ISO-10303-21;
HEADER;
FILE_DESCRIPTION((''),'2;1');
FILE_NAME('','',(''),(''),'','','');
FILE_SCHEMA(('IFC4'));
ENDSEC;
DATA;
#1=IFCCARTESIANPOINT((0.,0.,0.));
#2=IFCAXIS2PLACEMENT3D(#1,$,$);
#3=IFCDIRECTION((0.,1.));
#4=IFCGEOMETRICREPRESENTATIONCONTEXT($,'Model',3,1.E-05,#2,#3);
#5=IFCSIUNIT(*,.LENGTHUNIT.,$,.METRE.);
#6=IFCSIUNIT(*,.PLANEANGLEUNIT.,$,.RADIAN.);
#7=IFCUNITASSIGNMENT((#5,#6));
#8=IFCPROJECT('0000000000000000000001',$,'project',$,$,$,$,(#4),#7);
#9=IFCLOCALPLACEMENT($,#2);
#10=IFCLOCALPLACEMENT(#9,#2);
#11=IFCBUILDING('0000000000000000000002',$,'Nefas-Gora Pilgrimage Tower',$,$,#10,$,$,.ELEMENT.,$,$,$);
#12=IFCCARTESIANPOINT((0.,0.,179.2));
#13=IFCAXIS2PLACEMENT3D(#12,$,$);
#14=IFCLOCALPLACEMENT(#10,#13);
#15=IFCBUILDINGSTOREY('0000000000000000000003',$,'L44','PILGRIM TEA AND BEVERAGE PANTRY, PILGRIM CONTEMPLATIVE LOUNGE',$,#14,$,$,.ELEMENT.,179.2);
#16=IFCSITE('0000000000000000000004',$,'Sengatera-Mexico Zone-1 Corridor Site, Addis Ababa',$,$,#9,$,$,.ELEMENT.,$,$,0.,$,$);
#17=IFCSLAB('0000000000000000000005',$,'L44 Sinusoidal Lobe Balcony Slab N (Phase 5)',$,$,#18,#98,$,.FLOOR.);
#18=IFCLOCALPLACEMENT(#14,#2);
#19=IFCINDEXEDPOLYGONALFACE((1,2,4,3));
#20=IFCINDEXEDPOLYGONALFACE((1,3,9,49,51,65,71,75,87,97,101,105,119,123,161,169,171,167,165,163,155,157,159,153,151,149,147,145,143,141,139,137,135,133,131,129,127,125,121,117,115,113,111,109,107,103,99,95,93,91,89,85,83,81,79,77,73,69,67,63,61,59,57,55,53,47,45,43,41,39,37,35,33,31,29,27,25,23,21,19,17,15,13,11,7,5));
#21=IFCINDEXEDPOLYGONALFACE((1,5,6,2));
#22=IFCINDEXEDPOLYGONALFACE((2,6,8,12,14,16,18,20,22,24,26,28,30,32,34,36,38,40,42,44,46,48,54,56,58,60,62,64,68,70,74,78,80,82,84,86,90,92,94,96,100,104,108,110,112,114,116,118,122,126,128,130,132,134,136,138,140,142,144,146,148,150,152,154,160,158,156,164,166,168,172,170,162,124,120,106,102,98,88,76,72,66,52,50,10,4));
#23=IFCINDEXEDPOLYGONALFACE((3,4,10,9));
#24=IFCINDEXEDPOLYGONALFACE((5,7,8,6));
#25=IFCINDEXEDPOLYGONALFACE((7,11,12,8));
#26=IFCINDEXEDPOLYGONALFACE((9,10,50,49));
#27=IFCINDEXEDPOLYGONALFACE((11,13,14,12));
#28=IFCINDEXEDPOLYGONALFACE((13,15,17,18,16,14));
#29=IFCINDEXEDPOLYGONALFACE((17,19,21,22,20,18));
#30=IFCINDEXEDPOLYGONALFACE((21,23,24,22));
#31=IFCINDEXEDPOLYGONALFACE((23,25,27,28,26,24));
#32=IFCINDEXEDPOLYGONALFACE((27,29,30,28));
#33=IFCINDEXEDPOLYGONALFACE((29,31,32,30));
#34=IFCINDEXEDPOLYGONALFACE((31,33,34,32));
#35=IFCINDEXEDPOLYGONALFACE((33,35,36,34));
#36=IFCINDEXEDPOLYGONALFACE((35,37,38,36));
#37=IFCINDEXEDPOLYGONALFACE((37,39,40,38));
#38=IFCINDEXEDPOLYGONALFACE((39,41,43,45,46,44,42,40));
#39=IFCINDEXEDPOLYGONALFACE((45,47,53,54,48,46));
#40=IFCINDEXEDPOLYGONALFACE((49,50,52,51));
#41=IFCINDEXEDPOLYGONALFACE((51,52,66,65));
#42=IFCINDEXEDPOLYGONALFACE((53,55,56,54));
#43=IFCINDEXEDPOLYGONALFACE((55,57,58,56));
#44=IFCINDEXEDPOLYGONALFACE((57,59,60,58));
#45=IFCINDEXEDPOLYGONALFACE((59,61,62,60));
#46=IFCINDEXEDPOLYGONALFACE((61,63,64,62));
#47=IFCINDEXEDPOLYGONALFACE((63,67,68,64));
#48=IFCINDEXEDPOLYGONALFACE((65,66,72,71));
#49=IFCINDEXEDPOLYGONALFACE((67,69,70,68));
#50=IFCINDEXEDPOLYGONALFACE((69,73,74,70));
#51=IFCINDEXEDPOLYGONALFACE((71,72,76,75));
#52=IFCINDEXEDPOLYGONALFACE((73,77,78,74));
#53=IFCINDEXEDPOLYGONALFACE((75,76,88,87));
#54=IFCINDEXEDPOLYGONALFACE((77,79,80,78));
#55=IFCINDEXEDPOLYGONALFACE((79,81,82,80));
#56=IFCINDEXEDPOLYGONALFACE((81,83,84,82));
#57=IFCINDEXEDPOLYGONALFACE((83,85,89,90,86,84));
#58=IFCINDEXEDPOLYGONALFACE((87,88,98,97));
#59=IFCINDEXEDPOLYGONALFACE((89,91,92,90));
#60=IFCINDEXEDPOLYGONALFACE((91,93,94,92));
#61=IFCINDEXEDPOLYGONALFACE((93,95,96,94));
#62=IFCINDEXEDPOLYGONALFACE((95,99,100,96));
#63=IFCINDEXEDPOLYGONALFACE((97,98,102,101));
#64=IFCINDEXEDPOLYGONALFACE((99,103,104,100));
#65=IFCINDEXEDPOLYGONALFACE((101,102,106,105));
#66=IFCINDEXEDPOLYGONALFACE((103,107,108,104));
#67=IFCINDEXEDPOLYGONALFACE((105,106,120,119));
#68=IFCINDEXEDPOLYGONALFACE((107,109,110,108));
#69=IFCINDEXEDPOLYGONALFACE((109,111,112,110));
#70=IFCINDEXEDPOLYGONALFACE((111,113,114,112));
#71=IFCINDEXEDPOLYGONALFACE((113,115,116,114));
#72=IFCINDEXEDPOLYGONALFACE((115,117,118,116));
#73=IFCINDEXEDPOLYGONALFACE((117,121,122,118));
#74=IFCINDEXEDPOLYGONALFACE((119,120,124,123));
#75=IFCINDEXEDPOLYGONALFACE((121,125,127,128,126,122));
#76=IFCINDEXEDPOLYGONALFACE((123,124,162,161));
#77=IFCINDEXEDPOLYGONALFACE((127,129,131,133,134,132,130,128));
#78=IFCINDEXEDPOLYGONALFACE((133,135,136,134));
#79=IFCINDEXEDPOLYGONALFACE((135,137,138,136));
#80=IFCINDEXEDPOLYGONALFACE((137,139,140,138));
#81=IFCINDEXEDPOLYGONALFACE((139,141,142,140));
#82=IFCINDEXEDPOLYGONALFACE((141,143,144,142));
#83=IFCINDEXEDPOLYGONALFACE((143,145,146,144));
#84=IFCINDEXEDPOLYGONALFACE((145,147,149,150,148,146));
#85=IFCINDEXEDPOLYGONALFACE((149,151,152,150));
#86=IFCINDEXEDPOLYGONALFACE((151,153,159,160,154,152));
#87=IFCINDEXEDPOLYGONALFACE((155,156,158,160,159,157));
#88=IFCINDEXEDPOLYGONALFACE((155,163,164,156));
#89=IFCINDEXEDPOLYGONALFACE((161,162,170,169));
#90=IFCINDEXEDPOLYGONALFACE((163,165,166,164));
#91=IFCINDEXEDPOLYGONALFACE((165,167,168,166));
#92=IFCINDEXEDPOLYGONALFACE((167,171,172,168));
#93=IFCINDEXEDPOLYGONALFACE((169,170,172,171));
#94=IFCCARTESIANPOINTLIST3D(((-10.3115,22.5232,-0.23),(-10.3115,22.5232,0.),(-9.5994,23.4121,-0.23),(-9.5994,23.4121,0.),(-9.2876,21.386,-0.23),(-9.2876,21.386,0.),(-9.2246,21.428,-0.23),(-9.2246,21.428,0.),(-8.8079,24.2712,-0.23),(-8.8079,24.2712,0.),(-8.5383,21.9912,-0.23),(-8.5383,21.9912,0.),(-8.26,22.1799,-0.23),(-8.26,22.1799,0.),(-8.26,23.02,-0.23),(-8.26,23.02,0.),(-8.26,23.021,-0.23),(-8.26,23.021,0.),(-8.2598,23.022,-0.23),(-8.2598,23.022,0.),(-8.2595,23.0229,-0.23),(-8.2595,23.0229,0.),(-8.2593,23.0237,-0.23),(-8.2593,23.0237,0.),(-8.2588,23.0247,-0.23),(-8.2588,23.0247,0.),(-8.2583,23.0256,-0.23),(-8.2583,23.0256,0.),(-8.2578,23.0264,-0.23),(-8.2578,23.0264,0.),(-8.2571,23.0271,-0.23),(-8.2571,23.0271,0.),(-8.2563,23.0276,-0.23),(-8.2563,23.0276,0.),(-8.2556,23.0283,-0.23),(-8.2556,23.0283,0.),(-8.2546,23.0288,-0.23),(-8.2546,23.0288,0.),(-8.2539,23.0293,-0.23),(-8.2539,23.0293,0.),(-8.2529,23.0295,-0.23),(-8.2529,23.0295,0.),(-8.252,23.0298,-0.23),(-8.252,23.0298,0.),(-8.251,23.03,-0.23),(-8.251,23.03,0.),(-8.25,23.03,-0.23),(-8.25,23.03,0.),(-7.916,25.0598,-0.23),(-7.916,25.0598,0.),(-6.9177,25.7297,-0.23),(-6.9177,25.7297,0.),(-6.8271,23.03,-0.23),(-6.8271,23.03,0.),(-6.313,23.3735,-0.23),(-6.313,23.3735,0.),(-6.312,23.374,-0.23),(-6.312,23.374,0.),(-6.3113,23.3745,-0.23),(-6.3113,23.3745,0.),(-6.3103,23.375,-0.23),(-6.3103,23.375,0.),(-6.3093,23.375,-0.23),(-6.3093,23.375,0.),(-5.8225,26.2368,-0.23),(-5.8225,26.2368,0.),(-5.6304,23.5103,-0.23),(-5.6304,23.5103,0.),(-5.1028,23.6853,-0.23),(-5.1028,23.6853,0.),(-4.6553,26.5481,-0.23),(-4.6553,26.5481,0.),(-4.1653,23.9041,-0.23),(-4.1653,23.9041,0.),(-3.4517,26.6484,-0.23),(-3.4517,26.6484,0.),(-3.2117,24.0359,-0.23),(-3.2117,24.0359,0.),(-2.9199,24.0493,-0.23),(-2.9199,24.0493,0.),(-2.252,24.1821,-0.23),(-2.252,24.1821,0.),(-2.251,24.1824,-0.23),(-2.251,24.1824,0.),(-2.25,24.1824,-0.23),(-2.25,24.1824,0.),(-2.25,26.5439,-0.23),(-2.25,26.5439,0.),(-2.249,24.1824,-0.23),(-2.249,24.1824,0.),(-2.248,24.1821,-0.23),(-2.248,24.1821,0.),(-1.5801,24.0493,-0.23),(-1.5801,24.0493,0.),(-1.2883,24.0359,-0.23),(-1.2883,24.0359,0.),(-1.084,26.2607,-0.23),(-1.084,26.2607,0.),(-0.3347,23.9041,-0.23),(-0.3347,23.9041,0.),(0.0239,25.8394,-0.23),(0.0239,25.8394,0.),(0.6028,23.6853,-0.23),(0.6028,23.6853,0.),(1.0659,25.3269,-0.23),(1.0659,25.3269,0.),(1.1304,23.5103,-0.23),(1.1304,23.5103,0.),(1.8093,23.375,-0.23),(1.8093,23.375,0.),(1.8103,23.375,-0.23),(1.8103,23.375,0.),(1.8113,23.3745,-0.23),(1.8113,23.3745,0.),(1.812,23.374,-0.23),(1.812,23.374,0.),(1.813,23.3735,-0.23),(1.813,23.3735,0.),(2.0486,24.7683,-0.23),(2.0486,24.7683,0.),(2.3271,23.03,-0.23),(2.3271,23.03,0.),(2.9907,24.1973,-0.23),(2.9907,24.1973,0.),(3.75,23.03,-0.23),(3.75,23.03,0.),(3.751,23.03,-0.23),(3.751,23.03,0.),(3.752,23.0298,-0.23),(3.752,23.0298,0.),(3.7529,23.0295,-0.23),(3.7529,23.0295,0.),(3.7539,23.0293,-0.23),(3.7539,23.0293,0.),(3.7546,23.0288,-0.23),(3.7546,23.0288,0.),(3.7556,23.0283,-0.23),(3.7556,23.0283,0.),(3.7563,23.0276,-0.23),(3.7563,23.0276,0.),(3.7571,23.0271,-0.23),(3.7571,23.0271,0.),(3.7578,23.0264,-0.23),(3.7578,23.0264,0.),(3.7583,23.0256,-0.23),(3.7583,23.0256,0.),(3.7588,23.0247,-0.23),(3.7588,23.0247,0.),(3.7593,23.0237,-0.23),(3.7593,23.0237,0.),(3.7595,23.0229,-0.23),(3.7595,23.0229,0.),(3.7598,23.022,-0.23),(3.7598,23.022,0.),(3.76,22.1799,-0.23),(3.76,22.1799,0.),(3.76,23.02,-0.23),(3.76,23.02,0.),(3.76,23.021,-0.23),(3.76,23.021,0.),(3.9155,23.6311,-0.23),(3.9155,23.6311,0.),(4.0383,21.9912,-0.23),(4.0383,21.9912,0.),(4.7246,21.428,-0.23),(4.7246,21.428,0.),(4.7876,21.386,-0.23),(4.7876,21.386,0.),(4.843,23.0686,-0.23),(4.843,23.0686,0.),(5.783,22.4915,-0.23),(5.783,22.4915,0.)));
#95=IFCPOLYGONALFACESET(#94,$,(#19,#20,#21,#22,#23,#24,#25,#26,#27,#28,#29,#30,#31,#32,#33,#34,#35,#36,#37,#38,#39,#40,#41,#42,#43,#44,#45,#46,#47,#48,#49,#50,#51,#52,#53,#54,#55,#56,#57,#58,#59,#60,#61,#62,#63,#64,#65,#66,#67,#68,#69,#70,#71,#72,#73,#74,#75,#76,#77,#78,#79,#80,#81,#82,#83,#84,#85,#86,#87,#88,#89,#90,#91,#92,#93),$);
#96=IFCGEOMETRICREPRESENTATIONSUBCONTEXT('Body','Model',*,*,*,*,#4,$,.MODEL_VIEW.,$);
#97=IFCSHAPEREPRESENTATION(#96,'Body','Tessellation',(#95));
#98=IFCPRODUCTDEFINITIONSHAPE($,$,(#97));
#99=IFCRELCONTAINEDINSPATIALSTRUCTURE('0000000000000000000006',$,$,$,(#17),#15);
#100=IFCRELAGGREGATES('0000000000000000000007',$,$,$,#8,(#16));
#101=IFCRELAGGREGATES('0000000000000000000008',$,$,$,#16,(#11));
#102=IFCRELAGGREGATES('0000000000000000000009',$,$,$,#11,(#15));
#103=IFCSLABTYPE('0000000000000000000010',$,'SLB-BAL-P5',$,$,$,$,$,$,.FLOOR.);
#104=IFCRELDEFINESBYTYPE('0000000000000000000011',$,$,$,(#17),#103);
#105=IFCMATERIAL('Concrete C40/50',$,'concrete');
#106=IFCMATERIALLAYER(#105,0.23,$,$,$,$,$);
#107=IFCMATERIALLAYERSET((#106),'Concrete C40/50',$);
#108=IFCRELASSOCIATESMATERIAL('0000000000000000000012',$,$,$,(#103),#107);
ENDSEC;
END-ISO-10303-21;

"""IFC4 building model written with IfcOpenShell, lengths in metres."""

from ifc_helpers import new_model, si_unit, direction, frame, origin, place, context, subcontext, project, spatial, polyline, outline, extrude, material, layer, layer_set, type_object, element, save


model = new_model("IFC4")

# Units and contexts
model_context = context("Model", 3, precision=1e-05, world=origin(), true_north=direction((0.0, 1.0)))
body_context = subcontext(model_context, "Body", "Model", "MODEL_VIEW")
ifc_project = project(units=[si_unit("LENGTHUNIT", "METRE"), si_unit("PLANEANGLEUNIT", "RADIAN")], contexts=[model_context])

# Site, building, storey
site_placement = place(None, origin())
site = spatial("IfcSite", under=ifc_project, at=site_placement, Name="Sengatera-Mexico Zone-1 Corridor Site, Addis Ababa", CompositionType="ELEMENT", RefElevation=0.0)
building_placement = place(site_placement, origin())
building = spatial("IfcBuilding", under=site, at=building_placement, Name="Nefas-Gora Pilgrimage Tower", CompositionType="ELEMENT")
storey_placement = place(building_placement, frame((0.0, 0.0, 179.2)))
storey = spatial("IfcBuildingStorey", under=building, at=storey_placement, Name="L44", Description="PILGRIM TEA AND BEVERAGE PANTRY, PILGRIM CONTEMPLATIVE LOUNGE", CompositionType="ELEMENT", Elevation=179.2)

# Slab
ifc_material_1 = material(Name="Concrete C40/50", Category="concrete")
ifc_layer_1 = layer(ifc_material_1, 0.23)
ifc_layer_set_1 = layer_set([ifc_layer_1], Name="Concrete C40/50")
slab_type_1 = type_object("IfcSlabType", Name="SLB-BAL-P5", PredefinedType="FLOOR", material=ifc_layer_set_1)
slab_1_placement = place(storey_placement, frame((0.0, 0.0, -0.23)))
element("IfcSlab", 1, at=slab_1_placement, inside=storey, type_object=slab_type_1, Name="L44 Sinusoidal Lobe Balcony Slab N (Phase 5)", PredefinedType="FLOOR", context=body_context, shape_type="SweptSolid", body=[
    extrude(outline(polyline([(-9.2876, 21.386), (-9.2246, 21.428), (-8.5383, 21.9912), (-8.26, 22.1799), (-8.26, 23.02), (-8.26, 23.021), (-8.2598, 23.022), (-8.2595, 23.0229), (-8.2593, 23.0237), (-8.2588, 23.0247), (-8.2583, 23.0256), (-8.2578, 23.0264), (-8.2571, 23.0271), (-8.2563, 23.0276), (-8.2556, 23.0283), (-8.2546, 23.0288), (-8.2539, 23.0293), (-8.2529, 23.0295), (-8.252, 23.0298), (-8.251, 23.03), (-8.25, 23.03), (-6.8271, 23.03), (-6.313, 23.3735), (-6.312, 23.374), (-6.3113, 23.3745), (-6.3103, 23.375), (-6.3093, 23.375), (-5.6304, 23.5103), (-5.1028, 23.6853), (-4.1653, 23.9041), (-3.2117, 24.0359), (-2.9199, 24.0493), (-2.252, 24.1821), (-2.251, 24.1824), (-2.25, 24.1824), (-2.249, 24.1824), (-2.248, 24.1821), (-1.5801, 24.0493), (-1.2883, 24.0359), (-0.3347, 23.9041), (0.6028, 23.6853), (1.1304, 23.5103), (1.8093, 23.375), (1.8103, 23.375), (1.8113, 23.3745), (1.812, 23.374), (1.813, 23.3735), (2.3271, 23.03), (3.75, 23.03), (3.751, 23.03), (3.752, 23.0298), (3.7529, 23.0295), (3.7539, 23.0293), (3.7546, 23.0288), (3.7556, 23.0283), (3.7563, 23.0276), (3.7571, 23.0271), (3.7578, 23.0264), (3.7583, 23.0256), (3.7588, 23.0247), (3.7593, 23.0237), (3.7595, 23.0229), (3.7598, 23.022), (3.76, 23.021), (3.76, 23.02), (3.76, 22.1799), (4.0383, 21.9912), (4.7246, 21.428), (4.7876, 21.386), (5.783, 22.4915), (4.843, 23.0686), (3.9155, 23.6311), (2.9907, 24.1973), (2.0486, 24.7683), (1.0659, 25.3269), (0.0239, 25.8394), (-1.084, 26.2607), (-2.25, 26.5439), (-3.4517, 26.6484), (-4.6553, 26.5481), (-5.8225, 26.2368), (-6.9177, 25.7297), (-7.916, 25.0598), (-8.8079, 24.2712), (-9.5994, 23.4121), (-10.3115, 22.5232), (-9.2876, 21.386)])), origin(), (0.0, 0.0, 1.0), 0.23),
])

save(model, "model.ifc")
